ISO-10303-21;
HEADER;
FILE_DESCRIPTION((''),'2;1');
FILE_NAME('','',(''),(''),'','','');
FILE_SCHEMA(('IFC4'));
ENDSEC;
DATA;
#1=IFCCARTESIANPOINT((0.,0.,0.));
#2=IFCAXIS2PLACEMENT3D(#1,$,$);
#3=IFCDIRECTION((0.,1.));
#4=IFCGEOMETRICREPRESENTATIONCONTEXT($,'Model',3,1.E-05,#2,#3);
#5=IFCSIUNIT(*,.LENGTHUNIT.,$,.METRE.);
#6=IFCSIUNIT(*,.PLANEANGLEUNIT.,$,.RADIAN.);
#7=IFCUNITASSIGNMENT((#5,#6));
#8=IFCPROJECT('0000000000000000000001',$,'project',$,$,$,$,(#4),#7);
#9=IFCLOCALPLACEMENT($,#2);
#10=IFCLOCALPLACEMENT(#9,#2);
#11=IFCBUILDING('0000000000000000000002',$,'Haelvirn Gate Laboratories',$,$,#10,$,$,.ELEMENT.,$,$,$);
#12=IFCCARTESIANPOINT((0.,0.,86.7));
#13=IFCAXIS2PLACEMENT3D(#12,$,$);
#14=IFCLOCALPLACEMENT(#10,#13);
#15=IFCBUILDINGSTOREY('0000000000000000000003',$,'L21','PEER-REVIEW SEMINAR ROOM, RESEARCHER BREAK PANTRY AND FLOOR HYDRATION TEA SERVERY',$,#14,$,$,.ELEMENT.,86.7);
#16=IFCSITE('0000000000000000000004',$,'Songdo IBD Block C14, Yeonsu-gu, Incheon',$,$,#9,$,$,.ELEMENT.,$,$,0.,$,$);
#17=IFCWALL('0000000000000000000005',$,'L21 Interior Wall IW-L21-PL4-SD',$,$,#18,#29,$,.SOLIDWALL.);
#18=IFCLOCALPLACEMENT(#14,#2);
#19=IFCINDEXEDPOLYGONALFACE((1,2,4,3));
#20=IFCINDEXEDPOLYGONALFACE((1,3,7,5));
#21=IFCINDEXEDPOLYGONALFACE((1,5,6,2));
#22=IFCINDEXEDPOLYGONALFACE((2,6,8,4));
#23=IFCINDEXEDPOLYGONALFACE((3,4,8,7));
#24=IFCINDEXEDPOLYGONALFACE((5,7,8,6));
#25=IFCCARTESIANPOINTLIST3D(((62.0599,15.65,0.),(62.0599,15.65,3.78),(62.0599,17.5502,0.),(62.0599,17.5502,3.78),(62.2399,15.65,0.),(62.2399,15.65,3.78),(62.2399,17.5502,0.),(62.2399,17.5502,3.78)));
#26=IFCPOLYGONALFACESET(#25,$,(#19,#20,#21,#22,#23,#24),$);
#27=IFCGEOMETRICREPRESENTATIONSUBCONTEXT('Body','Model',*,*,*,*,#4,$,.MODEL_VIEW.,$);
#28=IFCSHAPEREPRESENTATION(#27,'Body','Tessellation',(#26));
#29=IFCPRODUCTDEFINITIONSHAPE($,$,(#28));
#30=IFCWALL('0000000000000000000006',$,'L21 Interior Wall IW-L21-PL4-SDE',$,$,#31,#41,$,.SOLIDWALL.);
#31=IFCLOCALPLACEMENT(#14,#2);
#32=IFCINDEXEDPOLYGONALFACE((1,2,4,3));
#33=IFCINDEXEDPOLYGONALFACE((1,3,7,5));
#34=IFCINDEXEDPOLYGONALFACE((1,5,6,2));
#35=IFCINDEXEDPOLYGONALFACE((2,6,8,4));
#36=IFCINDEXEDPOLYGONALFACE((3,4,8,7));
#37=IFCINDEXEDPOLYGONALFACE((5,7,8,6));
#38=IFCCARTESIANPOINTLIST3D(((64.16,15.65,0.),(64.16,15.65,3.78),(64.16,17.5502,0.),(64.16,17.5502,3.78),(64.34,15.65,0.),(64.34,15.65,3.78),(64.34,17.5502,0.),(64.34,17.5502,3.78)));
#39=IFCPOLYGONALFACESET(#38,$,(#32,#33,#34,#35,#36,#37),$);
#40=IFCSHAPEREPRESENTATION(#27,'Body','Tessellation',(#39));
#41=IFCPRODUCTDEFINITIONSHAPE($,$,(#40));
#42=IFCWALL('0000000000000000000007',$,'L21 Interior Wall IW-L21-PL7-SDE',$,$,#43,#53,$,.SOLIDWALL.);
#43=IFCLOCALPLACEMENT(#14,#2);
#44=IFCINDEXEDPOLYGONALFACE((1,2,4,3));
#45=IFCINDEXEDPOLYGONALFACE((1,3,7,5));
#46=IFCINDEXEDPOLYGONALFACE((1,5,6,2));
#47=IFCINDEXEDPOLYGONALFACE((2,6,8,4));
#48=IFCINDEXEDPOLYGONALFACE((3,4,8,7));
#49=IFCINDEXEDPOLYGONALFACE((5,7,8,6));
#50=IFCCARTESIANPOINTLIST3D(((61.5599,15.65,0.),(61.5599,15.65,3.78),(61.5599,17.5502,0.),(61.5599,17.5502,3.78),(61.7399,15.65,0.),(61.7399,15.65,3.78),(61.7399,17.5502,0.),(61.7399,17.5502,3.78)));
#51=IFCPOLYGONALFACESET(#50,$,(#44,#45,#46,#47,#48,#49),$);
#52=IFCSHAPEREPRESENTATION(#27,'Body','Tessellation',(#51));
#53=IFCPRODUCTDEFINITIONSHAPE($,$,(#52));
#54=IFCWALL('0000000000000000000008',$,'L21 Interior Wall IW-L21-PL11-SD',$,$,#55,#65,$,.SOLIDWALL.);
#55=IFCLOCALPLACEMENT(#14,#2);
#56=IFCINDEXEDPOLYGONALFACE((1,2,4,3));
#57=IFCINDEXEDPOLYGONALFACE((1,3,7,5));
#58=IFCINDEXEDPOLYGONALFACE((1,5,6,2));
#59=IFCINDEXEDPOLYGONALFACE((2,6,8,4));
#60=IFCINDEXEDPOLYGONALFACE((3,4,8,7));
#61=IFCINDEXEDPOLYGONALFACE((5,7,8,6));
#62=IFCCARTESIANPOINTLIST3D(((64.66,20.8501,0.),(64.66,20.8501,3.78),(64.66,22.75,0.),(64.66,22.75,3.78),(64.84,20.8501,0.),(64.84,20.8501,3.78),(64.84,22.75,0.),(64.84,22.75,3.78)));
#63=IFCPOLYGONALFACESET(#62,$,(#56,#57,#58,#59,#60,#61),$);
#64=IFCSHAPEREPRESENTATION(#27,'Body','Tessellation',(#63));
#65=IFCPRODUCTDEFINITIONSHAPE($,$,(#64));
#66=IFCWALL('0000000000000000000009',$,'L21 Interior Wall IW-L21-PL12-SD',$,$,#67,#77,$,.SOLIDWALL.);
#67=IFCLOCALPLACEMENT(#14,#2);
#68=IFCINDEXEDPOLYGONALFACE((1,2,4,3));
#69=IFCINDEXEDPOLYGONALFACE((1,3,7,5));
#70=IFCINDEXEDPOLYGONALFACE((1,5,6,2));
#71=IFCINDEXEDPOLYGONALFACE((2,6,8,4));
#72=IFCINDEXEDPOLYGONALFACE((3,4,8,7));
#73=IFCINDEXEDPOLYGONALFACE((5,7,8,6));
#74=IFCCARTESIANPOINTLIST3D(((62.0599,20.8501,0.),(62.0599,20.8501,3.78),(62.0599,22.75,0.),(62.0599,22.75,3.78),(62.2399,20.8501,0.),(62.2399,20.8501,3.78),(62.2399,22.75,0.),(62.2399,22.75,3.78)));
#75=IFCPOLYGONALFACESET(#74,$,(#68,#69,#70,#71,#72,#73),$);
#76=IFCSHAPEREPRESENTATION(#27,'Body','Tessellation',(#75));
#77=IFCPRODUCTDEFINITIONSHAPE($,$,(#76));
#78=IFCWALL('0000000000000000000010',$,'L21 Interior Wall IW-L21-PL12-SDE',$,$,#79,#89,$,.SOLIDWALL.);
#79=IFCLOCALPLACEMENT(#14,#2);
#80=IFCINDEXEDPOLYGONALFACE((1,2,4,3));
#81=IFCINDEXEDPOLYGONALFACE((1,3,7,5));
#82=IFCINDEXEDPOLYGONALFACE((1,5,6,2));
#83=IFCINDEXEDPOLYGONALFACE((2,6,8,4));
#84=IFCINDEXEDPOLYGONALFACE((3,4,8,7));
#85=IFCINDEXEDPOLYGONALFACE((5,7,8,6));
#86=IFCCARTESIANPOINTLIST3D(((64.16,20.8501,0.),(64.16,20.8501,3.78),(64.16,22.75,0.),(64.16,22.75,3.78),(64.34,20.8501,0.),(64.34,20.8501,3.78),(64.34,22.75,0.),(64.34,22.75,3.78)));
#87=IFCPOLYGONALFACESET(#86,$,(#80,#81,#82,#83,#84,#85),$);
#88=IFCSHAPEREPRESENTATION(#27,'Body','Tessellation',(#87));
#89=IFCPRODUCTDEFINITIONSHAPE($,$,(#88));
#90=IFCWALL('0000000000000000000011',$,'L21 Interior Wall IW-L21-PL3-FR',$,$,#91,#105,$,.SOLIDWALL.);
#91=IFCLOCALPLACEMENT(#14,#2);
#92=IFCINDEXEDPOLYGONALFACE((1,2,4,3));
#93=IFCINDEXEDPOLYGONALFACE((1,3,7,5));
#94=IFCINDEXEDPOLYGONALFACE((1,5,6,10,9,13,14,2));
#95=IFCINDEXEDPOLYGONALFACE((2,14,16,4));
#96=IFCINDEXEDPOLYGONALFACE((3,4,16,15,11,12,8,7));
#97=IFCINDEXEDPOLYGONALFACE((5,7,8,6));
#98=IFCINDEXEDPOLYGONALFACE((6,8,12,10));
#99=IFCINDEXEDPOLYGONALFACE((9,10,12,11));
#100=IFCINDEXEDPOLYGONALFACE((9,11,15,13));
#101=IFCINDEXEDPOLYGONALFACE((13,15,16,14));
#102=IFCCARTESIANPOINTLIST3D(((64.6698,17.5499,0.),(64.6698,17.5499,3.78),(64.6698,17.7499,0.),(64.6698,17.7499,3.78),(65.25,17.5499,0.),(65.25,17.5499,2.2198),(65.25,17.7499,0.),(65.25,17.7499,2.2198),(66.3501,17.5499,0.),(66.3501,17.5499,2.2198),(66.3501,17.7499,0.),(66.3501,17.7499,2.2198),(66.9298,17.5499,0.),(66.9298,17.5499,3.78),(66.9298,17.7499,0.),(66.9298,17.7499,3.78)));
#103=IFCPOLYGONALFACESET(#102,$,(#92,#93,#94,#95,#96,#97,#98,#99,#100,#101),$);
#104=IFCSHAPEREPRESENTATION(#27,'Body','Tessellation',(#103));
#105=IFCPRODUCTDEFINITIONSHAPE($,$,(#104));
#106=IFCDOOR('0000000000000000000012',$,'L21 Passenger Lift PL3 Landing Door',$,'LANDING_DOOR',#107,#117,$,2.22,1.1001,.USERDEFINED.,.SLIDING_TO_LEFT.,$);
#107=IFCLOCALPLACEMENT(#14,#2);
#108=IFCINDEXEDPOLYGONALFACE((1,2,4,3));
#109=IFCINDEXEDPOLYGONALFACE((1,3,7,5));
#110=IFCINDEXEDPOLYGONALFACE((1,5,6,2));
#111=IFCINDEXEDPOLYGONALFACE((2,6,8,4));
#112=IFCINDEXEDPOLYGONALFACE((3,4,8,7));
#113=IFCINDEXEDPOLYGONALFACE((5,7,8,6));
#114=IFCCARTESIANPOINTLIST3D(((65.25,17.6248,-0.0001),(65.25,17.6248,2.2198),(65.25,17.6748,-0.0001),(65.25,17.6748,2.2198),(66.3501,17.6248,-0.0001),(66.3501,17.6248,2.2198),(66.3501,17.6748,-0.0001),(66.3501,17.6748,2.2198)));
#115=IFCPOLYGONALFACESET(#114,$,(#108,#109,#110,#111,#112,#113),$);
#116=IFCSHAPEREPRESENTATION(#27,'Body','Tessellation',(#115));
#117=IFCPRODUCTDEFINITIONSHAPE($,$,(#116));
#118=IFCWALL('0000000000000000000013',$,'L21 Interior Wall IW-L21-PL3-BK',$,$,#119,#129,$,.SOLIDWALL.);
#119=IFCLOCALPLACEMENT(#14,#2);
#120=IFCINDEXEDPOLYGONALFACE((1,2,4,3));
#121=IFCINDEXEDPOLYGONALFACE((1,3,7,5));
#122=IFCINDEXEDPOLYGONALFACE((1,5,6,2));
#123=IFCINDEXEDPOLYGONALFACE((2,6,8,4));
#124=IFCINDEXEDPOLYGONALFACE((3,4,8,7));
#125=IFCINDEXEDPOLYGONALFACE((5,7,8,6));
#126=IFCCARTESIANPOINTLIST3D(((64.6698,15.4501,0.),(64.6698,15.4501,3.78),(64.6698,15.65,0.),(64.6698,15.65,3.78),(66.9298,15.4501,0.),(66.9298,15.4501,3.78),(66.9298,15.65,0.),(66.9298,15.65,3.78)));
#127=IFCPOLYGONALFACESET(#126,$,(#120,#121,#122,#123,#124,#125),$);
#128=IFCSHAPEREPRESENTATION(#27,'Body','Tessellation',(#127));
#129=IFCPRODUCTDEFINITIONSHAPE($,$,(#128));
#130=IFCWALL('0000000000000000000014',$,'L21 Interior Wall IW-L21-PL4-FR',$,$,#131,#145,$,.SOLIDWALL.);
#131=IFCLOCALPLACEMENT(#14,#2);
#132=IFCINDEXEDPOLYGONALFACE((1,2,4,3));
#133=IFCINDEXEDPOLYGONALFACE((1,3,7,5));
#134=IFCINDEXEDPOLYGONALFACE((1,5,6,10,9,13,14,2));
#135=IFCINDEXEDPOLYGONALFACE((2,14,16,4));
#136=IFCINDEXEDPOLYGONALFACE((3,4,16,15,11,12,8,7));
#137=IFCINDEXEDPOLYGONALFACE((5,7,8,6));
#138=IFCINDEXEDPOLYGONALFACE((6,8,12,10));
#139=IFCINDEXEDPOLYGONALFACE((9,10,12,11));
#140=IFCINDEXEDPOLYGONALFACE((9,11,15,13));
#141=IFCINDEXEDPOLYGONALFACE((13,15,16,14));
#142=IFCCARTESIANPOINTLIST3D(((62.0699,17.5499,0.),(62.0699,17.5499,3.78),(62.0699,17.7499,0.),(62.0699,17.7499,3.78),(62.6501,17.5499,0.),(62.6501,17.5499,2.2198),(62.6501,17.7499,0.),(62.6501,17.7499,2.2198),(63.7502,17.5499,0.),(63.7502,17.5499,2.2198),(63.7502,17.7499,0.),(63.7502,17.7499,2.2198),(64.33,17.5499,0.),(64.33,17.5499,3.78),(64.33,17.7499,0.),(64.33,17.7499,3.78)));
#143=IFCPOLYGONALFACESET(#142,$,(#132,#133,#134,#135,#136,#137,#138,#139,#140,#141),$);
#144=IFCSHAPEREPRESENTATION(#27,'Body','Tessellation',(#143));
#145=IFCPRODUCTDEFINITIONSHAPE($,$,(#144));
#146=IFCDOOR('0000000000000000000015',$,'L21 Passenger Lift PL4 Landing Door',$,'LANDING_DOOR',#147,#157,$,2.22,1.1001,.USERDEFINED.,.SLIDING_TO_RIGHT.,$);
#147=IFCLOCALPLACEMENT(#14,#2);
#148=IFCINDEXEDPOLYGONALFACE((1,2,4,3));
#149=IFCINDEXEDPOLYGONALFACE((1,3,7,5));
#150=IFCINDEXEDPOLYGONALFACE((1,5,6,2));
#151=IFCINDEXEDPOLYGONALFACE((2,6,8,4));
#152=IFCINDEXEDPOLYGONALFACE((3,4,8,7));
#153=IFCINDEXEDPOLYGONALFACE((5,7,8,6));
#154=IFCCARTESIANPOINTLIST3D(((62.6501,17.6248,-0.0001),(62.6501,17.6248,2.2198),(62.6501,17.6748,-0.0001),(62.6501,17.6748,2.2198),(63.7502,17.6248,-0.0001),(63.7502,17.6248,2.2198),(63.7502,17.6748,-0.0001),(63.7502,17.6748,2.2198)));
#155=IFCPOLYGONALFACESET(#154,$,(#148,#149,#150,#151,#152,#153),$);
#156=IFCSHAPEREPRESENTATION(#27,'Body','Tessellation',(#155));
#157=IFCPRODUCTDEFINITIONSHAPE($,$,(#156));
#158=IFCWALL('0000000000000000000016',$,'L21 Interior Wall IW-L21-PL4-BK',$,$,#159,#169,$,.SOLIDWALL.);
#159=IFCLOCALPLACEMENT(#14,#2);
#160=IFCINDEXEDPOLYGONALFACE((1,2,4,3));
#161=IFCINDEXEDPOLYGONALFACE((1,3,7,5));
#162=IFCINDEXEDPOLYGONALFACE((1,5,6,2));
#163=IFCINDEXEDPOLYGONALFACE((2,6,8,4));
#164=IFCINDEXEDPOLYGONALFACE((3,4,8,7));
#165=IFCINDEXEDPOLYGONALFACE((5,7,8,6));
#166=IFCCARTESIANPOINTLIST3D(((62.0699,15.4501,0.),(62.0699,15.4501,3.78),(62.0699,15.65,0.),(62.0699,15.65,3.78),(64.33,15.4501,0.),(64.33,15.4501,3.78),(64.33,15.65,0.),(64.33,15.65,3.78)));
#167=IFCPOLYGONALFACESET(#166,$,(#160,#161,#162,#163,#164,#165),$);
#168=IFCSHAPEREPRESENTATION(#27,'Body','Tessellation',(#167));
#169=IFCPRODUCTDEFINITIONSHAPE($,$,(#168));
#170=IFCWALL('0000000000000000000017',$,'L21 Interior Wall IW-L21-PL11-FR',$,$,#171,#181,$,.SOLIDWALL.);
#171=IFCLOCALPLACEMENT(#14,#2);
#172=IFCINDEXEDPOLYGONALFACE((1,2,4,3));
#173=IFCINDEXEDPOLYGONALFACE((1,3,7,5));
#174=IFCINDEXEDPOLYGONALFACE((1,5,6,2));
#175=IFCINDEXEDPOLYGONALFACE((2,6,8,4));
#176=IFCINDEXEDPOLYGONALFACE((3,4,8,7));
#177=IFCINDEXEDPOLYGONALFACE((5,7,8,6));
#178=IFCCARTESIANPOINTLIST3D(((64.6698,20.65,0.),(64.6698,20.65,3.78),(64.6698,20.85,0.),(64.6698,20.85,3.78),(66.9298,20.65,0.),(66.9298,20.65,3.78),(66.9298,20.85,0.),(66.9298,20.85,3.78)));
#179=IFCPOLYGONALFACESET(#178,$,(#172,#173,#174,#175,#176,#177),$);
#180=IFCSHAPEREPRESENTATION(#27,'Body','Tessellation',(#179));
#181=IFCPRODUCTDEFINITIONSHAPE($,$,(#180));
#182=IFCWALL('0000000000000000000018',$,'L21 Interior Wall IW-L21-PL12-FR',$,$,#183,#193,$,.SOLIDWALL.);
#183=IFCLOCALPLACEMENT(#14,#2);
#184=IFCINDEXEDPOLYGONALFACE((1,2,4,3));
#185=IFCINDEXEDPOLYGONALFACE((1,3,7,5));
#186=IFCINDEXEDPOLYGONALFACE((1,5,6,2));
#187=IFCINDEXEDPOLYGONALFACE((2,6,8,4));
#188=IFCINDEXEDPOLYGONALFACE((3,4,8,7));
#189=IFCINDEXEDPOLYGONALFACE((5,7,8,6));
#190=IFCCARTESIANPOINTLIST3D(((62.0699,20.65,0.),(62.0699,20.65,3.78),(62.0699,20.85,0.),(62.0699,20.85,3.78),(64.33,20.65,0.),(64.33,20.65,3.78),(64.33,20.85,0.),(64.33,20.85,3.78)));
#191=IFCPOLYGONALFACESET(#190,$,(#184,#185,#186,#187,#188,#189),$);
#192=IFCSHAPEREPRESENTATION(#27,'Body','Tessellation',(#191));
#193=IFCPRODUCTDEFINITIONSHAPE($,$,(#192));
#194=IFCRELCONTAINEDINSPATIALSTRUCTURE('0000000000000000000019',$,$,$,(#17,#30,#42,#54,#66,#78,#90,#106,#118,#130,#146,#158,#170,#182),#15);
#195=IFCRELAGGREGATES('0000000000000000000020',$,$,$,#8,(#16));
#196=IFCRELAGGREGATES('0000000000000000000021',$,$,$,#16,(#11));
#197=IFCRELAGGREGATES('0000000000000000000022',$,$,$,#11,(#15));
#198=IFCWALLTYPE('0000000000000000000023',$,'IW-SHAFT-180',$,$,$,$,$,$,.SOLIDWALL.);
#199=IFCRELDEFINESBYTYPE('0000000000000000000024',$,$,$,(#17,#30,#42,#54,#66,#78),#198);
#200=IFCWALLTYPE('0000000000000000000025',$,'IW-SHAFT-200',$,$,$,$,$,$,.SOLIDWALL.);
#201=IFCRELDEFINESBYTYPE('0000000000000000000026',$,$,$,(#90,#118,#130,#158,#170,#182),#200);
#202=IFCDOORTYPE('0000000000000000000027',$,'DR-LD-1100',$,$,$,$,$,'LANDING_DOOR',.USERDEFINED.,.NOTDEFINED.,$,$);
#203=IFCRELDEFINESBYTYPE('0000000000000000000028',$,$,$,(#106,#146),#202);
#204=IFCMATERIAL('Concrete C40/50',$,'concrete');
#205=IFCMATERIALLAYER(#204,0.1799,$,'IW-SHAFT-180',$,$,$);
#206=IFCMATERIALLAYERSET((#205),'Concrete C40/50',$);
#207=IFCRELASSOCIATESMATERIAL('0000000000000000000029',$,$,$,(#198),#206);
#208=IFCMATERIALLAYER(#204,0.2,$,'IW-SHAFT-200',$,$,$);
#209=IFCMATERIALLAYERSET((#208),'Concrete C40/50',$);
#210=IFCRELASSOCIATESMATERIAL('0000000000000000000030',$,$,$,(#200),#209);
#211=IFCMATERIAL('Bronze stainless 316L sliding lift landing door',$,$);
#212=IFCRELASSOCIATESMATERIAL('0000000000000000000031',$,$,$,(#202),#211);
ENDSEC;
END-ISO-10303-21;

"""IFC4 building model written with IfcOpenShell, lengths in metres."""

from ifc_helpers import new_model, si_unit, direction, frame, frame_2d, origin, place, context, subcontext, project, spatial, rectangle, extrude, source, transform, mapped, material, layer, layer_set, type_object, type_shapes, element, fill, save


model = new_model("IFC4")

# Units and contexts
model_context = context("Model", 3, precision=1e-05, world=origin(), true_north=direction((0.0, 1.0)))
body_context = subcontext(model_context, "Body", "Model", "MODEL_VIEW")
ifc_project = project(units=[si_unit("LENGTHUNIT", "METRE"), si_unit("PLANEANGLEUNIT", "RADIAN")], contexts=[model_context])

# Site, building, storey
site_placement = place(None, origin())
site = spatial("IfcSite", under=ifc_project, at=site_placement, Name="Songdo IBD Block C14, Yeonsu-gu, Incheon", CompositionType="ELEMENT", RefElevation=0.0)
building_placement = place(site_placement, origin())
building = spatial("IfcBuilding", under=site, at=building_placement, Name="Haelvirn Gate Laboratories", CompositionType="ELEMENT")
storey_placement = place(building_placement, frame((0.0, 0.0, 86.7)))
storey = spatial("IfcBuildingStorey", under=building, at=storey_placement, Name="L21", Description="PEER-REVIEW SEMINAR ROOM, RESEARCHER BREAK PANTRY AND FLOOR HYDRATION TEA SERVERY", CompositionType="ELEMENT", Elevation=86.7)

# Walls
ifc_material_1 = material(Name="Concrete C40/50", Category="concrete")
ifc_layer_1 = layer(ifc_material_1, 0.1799, Name="IW-SHAFT-180")
ifc_layer_set_1 = layer_set([ifc_layer_1], Name="Concrete C40/50")
wall_type_1 = type_object("IfcWallType", Name="IW-SHAFT-180", PredefinedType="SOLIDWALL", material=ifc_layer_set_1)
for number, where, z_axis, x_axis, name in (
    (1, (62.1499, 15.6499, 0.0), (0.0, 0.0, 1.0), (0.0, 1.0, 0.0), "L21 Interior Wall IW-L21-PL4-SD"),
    (2, (64.25, 15.6499, 0.0), (0.0, 0.0, 1.0), (0.0, 1.0, 0.0), "L21 Interior Wall IW-L21-PL4-SDE"),
    (3, (61.6499, 15.6499, 0.0), (0.0, 0.0, 1.0), (0.0, 1.0, 0.0), "L21 Interior Wall IW-L21-PL7-SDE"),
):
    element("IfcWall", number, at=place(storey_placement, frame(where, z_axis=z_axis, x_axis=x_axis)), inside=storey, type_object=wall_type_1, Name=name, PredefinedType="SOLIDWALL", context=body_context, shape_type="SweptSolid", body=[
        extrude(rectangle(XDim=1.9001, YDim=0.1799, at=frame_2d((0.9502, 0.0))), origin(), (0.0, 0.0, 1.0), 3.78),
    ])
for number, where, z_axis, x_axis, name in (
    (4, (64.75, 20.8501, 0.0), (0.0, 0.0, 1.0), (0.0, 1.0, 0.0), "L21 Interior Wall IW-L21-PL11-SD"),
    (5, (62.1499, 20.8501, 0.0), (0.0, 0.0, 1.0), (0.0, 1.0, 0.0), "L21 Interior Wall IW-L21-PL12-SD"),
    (6, (64.25, 20.8501, 0.0), (0.0, 0.0, 1.0), (0.0, 1.0, 0.0), "L21 Interior Wall IW-L21-PL12-SDE"),
):
    element("IfcWall", number, at=place(storey_placement, frame(where, z_axis=z_axis, x_axis=x_axis)), inside=storey, type_object=wall_type_1, Name=name, PredefinedType="SOLIDWALL", context=body_context, shape_type="SweptSolid", body=[
        extrude(rectangle(XDim=1.8999, YDim=0.1799, at=frame_2d((0.95, 0.0))), origin(), (0.0, 0.0, 1.0), 3.78),
    ])

# Wall, opening, door
ifc_layer_2 = layer(ifc_material_1, 0.2, Name="IW-SHAFT-200")
ifc_layer_set_2 = layer_set([ifc_layer_2], Name="Concrete C40/50")
wall_type_2 = type_object("IfcWallType", Name="IW-SHAFT-200", PredefinedType="SOLIDWALL", material=ifc_layer_set_2)
wall_1_placement = place(storey_placement, frame((64.6699, 17.6499, 0.0), z_axis=(0.0, 0.0, 1.0), x_axis=(1.0, 0.0, 0.0)))
wall_1 = element("IfcWall", 7, at=wall_1_placement, inside=storey, type_object=wall_type_2, Name="L21 Interior Wall IW-L21-PL3-FR", PredefinedType="SOLIDWALL", context=body_context, shape_type="SweptSolid", body=[
    extrude(rectangle(XDim=2.26, YDim=0.2, at=frame_2d((1.1299, 0.0))), origin(), (0.0, 0.0, 1.0), 3.78),
])
opening_1_placement = place(wall_1_placement, frame((0.5801, 0.0, 0.0)))
opening_1 = element("IfcOpeningElement", 8, at=opening_1_placement, cuts=wall_1, PredefinedType="OPENING", context=body_context, shape_type="SweptSolid", body=[
    extrude(rectangle(XDim=1.1001, YDim=2.22, at=frame_2d((0.55, 1.1099))), frame((0.0, 0.1099, 0.0), z_axis=(0.0, -1.0, 0.0), x_axis=(1.0, 0.0, 0.0)), (0.0, 0.0, 1.0), 0.22),
])
ifc_material_2 = material(Name="Bronze stainless 316L sliding lift landing door")
door_type_1 = type_object("IfcDoorType", Name="DR-LD-1100", ElementType="LANDING_DOOR", OperationType="NOTDEFINED", PredefinedType="USERDEFINED", material=ifc_material_2)
shared_shape_1 = source(origin(), body_context, "Body", "SweptSolid", [
    extrude(rectangle(XDim=1.1001, YDim=2.22, at=frame_2d((0.55, 1.1099))), frame((0.0, 0.0249, 0.0), z_axis=(0.0, -1.0, 0.0), x_axis=(1.0, 0.0, 0.0)), (0.0, 0.0, 1.0), 0.05),
])
type_shapes(door_type_1, [shared_shape_1])
door_1_placement = place(opening_1_placement, origin())
door_1 = element("IfcDoor", 9, at=door_1_placement, inside=storey, type_object=door_type_1, Name="L21 Passenger Lift PL3 Landing Door", ObjectType="LANDING_DOOR", OperationType="SLIDING_TO_LEFT", OverallHeight=2.22, OverallWidth=1.1001, PredefinedType="USERDEFINED", context=body_context, shape_type="MappedRepresentation", body=[
    mapped(shared_shape_1, transform((0.0, 0.0, 0.0), scale=1.0)),
])
fill(opening_1, door_1)

# Wall
wall_2_placement = place(storey_placement, frame((64.6699, 15.55, 0.0), z_axis=(0.0, 0.0, 1.0), x_axis=(1.0, 0.0, 0.0)))
element("IfcWall", 10, at=wall_2_placement, inside=storey, type_object=wall_type_2, Name="L21 Interior Wall IW-L21-PL3-BK", PredefinedType="SOLIDWALL", context=body_context, shape_type="SweptSolid", body=[
    extrude(rectangle(XDim=2.26, YDim=0.2, at=frame_2d((1.1299, 0.0))), origin(), (0.0, 0.0, 1.0), 3.78),
])

# Wall, opening, door
wall_3_placement = place(storey_placement, frame((62.0701, 17.6499, 0.0), z_axis=(0.0, 0.0, 1.0), x_axis=(1.0, 0.0, 0.0)))
wall_3 = element("IfcWall", 11, at=wall_3_placement, inside=storey, type_object=wall_type_2, Name="L21 Interior Wall IW-L21-PL4-FR", PredefinedType="SOLIDWALL", context=body_context, shape_type="SweptSolid", body=[
    extrude(rectangle(XDim=2.26, YDim=0.2, at=frame_2d((1.1299, 0.0))), origin(), (0.0, 0.0, 1.0), 3.78),
])
opening_2_placement = place(wall_3_placement, frame((0.5801, 0.0, 0.0)))
opening_2 = element("IfcOpeningElement", 12, at=opening_2_placement, cuts=wall_3, PredefinedType="OPENING", context=body_context, shape_type="SweptSolid", body=[
    extrude(rectangle(XDim=1.1001, YDim=2.22, at=frame_2d((0.55, 1.1099))), frame((0.0, 0.1099, 0.0), z_axis=(0.0, -1.0, 0.0), x_axis=(1.0, 0.0, 0.0)), (0.0, 0.0, 1.0), 0.22),
])
door_2_placement = place(opening_2_placement, origin())
door_2 = element("IfcDoor", 13, at=door_2_placement, inside=storey, type_object=door_type_1, Name="L21 Passenger Lift PL4 Landing Door", ObjectType="LANDING_DOOR", OperationType="SLIDING_TO_RIGHT", OverallHeight=2.22, OverallWidth=1.1001, PredefinedType="USERDEFINED", context=body_context, shape_type="MappedRepresentation", body=[
    mapped(shared_shape_1, transform((0.0, 0.0, 0.0), scale=1.0)),
])
fill(opening_2, door_2)

# Walls
for number, where, z_axis, x_axis, name in (
    (14, (62.0701, 15.55, 0.0), (0.0, 0.0, 1.0), (1.0, 0.0, 0.0), "L21 Interior Wall IW-L21-PL4-BK"),
    (15, (64.6699, 20.75, 0.0), (0.0, 0.0, 1.0), (1.0, 0.0, 0.0), "L21 Interior Wall IW-L21-PL11-FR"),
    (16, (62.0701, 20.75, 0.0), (0.0, 0.0, 1.0), (1.0, 0.0, 0.0), "L21 Interior Wall IW-L21-PL12-FR"),
):
    element("IfcWall", number, at=place(storey_placement, frame(where, z_axis=z_axis, x_axis=x_axis)), inside=storey, type_object=wall_type_2, Name=name, PredefinedType="SOLIDWALL", context=body_context, shape_type="SweptSolid", body=[
        extrude(rectangle(XDim=2.26, YDim=0.2, at=frame_2d((1.1299, 0.0))), origin(), (0.0, 0.0, 1.0), 3.78),
    ])

save(model, "model.ifc")
